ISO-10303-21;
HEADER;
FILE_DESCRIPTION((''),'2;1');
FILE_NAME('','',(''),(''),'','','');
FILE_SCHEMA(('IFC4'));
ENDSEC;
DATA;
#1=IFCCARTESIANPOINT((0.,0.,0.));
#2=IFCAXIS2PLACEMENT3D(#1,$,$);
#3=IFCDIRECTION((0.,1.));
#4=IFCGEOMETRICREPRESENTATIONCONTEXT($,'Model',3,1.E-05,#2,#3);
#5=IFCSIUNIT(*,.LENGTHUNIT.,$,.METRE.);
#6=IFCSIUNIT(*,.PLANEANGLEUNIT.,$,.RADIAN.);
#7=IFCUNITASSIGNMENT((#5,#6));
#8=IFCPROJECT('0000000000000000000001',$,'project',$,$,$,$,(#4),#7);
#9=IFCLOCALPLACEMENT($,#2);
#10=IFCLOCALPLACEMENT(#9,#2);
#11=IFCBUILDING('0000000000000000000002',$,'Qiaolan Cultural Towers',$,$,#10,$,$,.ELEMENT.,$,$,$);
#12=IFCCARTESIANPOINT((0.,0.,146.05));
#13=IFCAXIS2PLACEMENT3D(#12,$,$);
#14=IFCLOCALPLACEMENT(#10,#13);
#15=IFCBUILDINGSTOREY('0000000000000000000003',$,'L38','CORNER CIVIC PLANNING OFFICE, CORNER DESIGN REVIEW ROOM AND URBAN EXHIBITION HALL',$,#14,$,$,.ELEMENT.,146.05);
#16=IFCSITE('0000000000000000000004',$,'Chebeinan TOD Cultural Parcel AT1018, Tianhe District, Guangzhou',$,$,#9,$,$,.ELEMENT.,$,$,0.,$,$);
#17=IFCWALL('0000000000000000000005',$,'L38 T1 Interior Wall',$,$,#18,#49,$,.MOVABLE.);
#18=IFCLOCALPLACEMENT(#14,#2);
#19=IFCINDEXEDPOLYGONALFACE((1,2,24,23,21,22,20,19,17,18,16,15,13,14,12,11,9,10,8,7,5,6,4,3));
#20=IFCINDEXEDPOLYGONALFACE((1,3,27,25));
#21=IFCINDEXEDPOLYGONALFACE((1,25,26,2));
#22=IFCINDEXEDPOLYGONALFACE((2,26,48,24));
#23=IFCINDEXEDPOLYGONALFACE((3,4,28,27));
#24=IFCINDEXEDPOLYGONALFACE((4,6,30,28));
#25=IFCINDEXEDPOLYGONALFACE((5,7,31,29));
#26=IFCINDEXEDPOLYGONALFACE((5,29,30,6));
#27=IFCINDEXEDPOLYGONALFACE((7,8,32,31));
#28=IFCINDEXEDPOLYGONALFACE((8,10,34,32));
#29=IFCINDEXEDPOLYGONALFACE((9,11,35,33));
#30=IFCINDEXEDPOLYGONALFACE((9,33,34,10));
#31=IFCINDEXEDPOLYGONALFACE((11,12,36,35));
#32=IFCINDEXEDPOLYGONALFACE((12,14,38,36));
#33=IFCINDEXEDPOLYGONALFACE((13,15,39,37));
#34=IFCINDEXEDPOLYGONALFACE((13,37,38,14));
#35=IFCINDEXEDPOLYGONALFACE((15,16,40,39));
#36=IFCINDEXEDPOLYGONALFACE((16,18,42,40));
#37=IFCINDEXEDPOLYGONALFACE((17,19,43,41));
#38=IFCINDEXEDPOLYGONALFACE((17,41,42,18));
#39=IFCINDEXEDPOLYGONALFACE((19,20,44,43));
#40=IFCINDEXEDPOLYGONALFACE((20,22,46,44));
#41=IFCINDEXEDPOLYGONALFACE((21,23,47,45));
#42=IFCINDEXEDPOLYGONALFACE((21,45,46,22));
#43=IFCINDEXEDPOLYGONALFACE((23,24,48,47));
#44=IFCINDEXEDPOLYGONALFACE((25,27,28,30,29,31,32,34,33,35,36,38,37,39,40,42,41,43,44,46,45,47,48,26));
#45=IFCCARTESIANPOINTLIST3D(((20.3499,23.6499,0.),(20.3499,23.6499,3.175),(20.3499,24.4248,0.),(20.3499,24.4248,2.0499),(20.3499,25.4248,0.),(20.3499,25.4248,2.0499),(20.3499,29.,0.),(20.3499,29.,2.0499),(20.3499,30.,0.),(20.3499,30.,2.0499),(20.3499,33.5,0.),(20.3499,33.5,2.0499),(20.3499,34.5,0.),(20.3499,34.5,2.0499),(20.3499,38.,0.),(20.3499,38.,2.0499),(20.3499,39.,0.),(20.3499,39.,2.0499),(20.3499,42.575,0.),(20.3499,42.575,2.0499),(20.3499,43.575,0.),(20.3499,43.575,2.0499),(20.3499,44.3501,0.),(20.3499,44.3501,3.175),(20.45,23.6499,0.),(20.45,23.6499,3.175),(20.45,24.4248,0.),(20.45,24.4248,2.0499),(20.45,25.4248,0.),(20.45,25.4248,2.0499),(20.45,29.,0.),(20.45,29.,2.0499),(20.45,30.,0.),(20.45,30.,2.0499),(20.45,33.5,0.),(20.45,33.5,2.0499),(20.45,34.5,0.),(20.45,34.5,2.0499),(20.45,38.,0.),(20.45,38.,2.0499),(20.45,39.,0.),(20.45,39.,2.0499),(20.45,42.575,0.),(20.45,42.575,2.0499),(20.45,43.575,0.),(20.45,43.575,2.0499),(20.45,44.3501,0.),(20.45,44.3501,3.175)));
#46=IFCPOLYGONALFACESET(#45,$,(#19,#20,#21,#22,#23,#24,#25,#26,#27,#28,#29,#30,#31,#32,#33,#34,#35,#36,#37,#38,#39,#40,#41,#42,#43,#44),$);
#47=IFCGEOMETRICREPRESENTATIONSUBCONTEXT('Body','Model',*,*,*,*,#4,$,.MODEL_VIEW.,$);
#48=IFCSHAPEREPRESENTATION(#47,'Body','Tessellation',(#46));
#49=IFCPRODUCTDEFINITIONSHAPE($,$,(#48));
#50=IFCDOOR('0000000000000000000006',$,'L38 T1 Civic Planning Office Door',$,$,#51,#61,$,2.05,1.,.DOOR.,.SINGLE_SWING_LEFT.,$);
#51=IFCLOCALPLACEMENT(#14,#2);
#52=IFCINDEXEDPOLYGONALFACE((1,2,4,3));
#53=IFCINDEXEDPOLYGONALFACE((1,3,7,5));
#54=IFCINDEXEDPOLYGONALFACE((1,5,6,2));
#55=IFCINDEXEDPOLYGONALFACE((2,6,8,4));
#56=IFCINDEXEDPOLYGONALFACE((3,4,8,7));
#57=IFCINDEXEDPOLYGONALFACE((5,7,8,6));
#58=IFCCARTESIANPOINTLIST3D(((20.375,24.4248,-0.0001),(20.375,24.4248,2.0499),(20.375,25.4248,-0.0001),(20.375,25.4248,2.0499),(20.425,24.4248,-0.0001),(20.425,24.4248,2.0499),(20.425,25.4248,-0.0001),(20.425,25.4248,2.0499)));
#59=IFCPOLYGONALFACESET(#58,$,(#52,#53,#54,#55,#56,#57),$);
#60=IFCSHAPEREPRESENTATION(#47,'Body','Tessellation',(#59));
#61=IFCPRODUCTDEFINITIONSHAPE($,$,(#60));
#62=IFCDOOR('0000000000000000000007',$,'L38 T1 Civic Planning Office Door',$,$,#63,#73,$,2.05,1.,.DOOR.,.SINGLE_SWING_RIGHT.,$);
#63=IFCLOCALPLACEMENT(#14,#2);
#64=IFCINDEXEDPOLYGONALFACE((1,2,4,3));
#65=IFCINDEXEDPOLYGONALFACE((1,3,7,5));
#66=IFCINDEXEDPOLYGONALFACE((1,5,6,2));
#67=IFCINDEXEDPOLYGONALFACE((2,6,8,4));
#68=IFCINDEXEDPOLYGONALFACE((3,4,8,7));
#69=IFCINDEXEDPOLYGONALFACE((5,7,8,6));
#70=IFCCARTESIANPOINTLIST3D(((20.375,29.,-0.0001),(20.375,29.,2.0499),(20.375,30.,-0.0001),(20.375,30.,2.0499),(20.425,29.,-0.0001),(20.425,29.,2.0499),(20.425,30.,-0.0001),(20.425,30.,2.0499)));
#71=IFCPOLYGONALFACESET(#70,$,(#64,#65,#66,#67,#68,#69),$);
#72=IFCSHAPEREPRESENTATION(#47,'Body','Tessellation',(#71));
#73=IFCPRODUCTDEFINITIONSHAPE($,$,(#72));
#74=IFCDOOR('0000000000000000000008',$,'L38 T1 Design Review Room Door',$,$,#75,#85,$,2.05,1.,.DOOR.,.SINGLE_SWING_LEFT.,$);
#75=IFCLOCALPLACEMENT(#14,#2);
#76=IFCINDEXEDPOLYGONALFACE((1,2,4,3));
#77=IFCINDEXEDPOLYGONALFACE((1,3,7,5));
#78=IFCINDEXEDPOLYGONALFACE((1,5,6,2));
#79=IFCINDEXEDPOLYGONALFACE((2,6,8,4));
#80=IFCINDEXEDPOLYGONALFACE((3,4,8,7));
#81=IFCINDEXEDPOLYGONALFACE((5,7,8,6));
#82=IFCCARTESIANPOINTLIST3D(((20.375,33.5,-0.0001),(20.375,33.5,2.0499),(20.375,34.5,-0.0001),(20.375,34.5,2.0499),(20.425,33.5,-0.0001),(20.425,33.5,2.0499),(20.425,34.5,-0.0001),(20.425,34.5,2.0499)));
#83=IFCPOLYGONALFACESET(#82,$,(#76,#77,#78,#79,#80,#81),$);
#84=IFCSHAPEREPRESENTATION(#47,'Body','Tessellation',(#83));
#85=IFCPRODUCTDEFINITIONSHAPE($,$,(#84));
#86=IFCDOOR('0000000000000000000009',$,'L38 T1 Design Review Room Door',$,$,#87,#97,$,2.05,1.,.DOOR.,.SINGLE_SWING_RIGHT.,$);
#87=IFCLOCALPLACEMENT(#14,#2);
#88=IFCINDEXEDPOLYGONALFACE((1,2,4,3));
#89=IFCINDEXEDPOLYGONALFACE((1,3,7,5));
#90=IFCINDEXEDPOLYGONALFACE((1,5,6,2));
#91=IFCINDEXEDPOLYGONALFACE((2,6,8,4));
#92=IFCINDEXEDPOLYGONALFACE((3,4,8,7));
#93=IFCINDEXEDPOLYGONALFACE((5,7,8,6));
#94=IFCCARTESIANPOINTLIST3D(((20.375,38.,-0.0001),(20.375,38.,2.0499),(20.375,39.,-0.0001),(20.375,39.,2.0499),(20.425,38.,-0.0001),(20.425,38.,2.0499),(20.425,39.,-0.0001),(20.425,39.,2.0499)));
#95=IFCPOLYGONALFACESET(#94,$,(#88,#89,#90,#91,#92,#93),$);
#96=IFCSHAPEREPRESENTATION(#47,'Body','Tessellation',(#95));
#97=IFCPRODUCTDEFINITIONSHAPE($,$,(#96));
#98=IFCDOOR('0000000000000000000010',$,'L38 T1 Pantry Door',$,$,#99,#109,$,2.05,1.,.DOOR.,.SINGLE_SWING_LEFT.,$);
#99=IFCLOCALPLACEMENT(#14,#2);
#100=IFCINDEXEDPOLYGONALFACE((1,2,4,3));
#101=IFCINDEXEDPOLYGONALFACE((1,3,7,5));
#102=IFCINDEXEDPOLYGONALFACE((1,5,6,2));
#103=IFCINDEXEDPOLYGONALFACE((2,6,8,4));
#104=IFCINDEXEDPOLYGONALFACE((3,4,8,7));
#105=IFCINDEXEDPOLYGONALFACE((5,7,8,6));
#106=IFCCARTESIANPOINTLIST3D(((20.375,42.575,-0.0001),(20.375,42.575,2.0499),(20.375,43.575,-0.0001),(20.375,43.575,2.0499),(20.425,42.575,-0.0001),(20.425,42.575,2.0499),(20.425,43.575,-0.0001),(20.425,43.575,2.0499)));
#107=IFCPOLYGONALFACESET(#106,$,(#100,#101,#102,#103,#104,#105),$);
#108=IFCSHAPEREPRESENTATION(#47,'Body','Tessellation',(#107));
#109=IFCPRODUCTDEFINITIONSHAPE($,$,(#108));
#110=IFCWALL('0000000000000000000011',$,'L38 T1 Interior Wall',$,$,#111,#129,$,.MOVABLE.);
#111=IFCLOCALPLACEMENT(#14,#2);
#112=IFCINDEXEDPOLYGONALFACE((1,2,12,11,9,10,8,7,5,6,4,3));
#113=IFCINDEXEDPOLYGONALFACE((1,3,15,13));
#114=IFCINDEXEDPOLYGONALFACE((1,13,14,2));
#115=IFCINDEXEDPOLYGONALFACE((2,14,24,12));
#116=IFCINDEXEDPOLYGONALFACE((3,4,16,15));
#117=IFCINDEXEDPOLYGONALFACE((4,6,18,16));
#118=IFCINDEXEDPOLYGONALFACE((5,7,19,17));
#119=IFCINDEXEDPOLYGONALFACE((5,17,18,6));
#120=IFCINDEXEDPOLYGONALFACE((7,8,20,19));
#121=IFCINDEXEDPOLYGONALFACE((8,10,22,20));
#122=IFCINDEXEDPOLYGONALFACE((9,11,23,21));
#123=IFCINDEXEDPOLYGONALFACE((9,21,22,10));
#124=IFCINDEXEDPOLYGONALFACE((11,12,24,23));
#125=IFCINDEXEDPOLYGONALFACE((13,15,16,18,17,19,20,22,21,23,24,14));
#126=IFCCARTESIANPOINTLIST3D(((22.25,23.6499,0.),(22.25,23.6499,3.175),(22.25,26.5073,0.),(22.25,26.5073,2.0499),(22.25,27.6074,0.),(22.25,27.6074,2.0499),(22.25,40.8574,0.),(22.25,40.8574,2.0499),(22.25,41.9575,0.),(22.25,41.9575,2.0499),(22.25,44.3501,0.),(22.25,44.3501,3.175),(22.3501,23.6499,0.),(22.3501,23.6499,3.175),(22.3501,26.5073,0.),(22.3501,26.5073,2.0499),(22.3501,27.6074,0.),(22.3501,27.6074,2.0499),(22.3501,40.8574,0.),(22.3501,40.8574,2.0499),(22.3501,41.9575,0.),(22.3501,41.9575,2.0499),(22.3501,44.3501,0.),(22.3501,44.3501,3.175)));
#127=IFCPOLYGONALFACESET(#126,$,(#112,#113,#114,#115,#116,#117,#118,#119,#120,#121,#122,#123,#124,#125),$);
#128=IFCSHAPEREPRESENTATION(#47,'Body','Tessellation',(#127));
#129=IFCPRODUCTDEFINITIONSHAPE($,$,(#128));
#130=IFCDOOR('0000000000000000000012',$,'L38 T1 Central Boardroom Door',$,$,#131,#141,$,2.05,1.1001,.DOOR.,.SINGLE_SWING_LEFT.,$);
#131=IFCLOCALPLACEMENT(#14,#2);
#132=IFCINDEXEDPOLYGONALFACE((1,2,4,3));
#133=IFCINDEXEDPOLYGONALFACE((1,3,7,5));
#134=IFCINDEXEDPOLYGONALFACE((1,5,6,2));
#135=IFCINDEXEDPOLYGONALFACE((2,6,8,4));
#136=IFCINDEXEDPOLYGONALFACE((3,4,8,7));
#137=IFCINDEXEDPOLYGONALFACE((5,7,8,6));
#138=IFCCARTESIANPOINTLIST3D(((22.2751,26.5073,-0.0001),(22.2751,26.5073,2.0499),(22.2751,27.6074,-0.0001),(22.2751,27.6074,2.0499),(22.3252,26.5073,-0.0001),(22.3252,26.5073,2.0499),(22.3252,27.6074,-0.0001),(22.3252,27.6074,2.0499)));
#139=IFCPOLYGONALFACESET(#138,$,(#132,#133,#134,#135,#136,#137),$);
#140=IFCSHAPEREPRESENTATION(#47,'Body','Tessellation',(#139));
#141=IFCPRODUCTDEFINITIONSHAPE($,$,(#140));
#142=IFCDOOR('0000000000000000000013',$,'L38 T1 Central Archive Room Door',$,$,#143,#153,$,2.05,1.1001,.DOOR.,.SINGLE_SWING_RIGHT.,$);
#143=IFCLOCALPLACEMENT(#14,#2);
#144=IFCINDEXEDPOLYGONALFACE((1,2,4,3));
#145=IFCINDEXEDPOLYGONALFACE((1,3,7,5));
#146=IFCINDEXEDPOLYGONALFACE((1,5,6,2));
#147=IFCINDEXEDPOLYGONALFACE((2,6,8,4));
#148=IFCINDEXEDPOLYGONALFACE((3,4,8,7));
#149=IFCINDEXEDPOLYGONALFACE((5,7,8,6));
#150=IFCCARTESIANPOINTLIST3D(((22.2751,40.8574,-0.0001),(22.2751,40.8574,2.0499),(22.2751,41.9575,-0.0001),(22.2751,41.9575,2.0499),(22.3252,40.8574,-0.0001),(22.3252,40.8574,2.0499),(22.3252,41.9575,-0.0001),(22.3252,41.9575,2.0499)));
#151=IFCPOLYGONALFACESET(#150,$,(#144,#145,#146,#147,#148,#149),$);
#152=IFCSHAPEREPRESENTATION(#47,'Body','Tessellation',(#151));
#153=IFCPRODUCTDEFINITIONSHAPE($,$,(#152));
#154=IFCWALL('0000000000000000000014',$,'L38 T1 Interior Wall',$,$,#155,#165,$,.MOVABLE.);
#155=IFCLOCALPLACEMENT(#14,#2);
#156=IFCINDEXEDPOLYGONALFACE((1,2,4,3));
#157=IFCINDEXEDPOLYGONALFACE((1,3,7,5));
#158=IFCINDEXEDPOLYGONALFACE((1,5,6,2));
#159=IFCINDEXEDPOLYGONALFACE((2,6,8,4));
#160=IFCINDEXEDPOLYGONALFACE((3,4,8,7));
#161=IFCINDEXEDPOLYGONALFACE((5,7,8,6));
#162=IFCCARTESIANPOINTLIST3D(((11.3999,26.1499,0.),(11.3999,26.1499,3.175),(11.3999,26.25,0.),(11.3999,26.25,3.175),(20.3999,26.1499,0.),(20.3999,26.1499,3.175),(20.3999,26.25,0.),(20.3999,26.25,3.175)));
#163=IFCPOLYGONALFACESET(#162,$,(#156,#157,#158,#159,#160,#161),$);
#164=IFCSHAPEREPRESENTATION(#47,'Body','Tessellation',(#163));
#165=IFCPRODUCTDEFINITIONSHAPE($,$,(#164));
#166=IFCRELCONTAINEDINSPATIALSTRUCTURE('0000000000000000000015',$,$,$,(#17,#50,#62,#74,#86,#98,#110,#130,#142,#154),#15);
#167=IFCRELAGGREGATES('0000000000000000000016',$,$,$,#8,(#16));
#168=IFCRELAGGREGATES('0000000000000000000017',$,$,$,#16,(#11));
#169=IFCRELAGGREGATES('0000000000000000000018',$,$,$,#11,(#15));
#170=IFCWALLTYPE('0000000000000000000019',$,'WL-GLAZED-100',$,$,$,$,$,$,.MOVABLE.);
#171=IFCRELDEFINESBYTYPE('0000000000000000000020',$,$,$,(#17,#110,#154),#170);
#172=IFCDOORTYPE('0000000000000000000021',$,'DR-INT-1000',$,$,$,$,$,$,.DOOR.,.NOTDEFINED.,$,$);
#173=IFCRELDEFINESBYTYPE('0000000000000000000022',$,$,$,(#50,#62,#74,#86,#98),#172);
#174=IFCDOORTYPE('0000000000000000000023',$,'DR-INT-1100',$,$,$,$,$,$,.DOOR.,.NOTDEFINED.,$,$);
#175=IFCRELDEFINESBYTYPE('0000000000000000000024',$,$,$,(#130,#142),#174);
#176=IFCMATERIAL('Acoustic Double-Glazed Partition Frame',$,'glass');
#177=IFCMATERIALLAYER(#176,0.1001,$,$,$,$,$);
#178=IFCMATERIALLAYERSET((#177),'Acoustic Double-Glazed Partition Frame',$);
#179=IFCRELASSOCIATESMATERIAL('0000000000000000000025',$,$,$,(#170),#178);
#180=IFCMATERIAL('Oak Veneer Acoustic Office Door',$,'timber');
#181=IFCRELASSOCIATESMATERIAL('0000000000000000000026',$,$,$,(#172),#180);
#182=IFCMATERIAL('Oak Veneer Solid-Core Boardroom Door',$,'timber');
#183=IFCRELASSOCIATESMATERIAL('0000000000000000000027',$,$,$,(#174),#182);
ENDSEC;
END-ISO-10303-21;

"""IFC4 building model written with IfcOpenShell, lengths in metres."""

from ifc_helpers import new_model, si_unit, direction, frame, frame_2d, origin, place, context, subcontext, project, spatial, rectangle, extrude, material, layer, layer_set, type_object, element, fill, save


model = new_model("IFC4")

# Units and contexts
model_context = context("Model", 3, precision=1e-05, world=origin(), true_north=direction((0.0, 1.0)))
body_context = subcontext(model_context, "Body", "Model", "MODEL_VIEW")
ifc_project = project(units=[si_unit("LENGTHUNIT", "METRE"), si_unit("PLANEANGLEUNIT", "RADIAN")], contexts=[model_context])

# Site, building, storey
site_placement = place(None, origin())
site = spatial("IfcSite", under=ifc_project, at=site_placement, Name="Chebeinan TOD Cultural Parcel AT1018, Tianhe District, Guangzhou", CompositionType="ELEMENT", RefElevation=0.0)
building_placement = place(site_placement, origin())
building = spatial("IfcBuilding", under=site, at=building_placement, Name="Qiaolan Cultural Towers", CompositionType="ELEMENT")
storey_placement = place(building_placement, frame((0.0, 0.0, 146.05)))
storey = spatial("IfcBuildingStorey", under=building, at=storey_placement, Name="L38", Description="CORNER CIVIC PLANNING OFFICE, CORNER DESIGN REVIEW ROOM AND URBAN EXHIBITION HALL", CompositionType="ELEMENT", Elevation=146.05)

# Shared definitions
ifc_material_1 = material(Name="Acoustic Double-Glazed Partition Frame", Category="glass")
ifc_layer_1 = layer(ifc_material_1, 0.1001)
ifc_layer_set_1 = layer_set([ifc_layer_1], Name="Acoustic Double-Glazed Partition Frame")
wall_type_1 = type_object("IfcWallType", Name="WL-GLAZED-100", PredefinedType="MOVABLE", material=ifc_layer_set_1)

# Walls, openings, doors
wall_1_placement = place(storey_placement, frame((20.3999, 23.6499, 0.0), z_axis=(0.0, 0.0, 1.0), x_axis=(0.0, 1.0, 0.0)))
wall_1 = element("IfcWall", 1, at=wall_1_placement, inside=storey, type_object=wall_type_1, Name="L38 T1 Interior Wall", PredefinedType="MOVABLE", context=body_context, shape_type="SweptSolid", body=[
    extrude(rectangle(XDim=20.7002, YDim=0.1001, at=frame_2d((10.3501, 0.0))), origin(), (0.0, 0.0, 1.0), 3.175),
])
opening_1_placement = place(wall_1_placement, frame((0.7749, 0.0, 0.0)))
opening_1 = element("IfcOpeningElement", 2, at=opening_1_placement, cuts=wall_1, PredefinedType="OPENING", context=body_context, shape_type="SweptSolid", body=[
    extrude(rectangle(XDim=1.0, YDim=2.05, at=frame_2d((0.5, 1.0249))), frame((0.0, 0.0601, 0.0), z_axis=(0.0, -1.0, 0.0), x_axis=(1.0, 0.0, 0.0)), (0.0, 0.0, 1.0), 0.1201),
])
opening_2_placement = place(wall_1_placement, frame((5.3501, 0.0, 0.0)))
opening_2 = element("IfcOpeningElement", 3, at=opening_2_placement, cuts=wall_1, PredefinedType="OPENING", context=body_context, shape_type="SweptSolid", body=[
    extrude(rectangle(XDim=1.0, YDim=2.05, at=frame_2d((0.5, 1.0249))), frame((0.0, 0.0601, 0.0), z_axis=(0.0, -1.0, 0.0), x_axis=(1.0, 0.0, 0.0)), (0.0, 0.0, 1.0), 0.1201),
])
opening_3_placement = place(wall_1_placement, frame((9.8501, 0.0, 0.0)))
opening_3 = element("IfcOpeningElement", 4, at=opening_3_placement, cuts=wall_1, PredefinedType="OPENING", context=body_context, shape_type="SweptSolid", body=[
    extrude(rectangle(XDim=1.0, YDim=2.05, at=frame_2d((0.5, 1.0249))), frame((0.0, 0.0601, 0.0), z_axis=(0.0, -1.0, 0.0), x_axis=(1.0, 0.0, 0.0)), (0.0, 0.0, 1.0), 0.1201),
])
opening_4_placement = place(wall_1_placement, frame((14.3501, 0.0, 0.0)))
opening_4 = element("IfcOpeningElement", 5, at=opening_4_placement, cuts=wall_1, PredefinedType="OPENING", context=body_context, shape_type="SweptSolid", body=[
    extrude(rectangle(XDim=1.0, YDim=2.05, at=frame_2d((0.5, 1.0249))), frame((0.0, 0.0601, 0.0), z_axis=(0.0, -1.0, 0.0), x_axis=(1.0, 0.0, 0.0)), (0.0, 0.0, 1.0), 0.1201),
])
opening_5_placement = place(wall_1_placement, frame((18.925, 0.0, 0.0)))
opening_5 = element("IfcOpeningElement", 6, at=opening_5_placement, cuts=wall_1, PredefinedType="OPENING", context=body_context, shape_type="SweptSolid", body=[
    extrude(rectangle(XDim=1.0, YDim=2.05, at=frame_2d((0.5, 1.0249))), frame((0.0, 0.0601, 0.0), z_axis=(0.0, -1.0, 0.0), x_axis=(1.0, 0.0, 0.0)), (0.0, 0.0, 1.0), 0.1201),
])
ifc_material_2 = material(Name="Oak Veneer Acoustic Office Door", Category="timber")
door_type_1 = type_object("IfcDoorType", Name="DR-INT-1000", OperationType="NOTDEFINED", PredefinedType="DOOR", material=ifc_material_2)
door_1_placement = place(opening_1_placement, origin())
door_1 = element("IfcDoor", 7, at=door_1_placement, inside=storey, type_object=door_type_1, Name="L38 T1 Civic Planning Office Door", OperationType="SINGLE_SWING_LEFT", OverallHeight=2.05, OverallWidth=1.0, PredefinedType="DOOR", context=body_context, shape_type="SweptSolid", body=[
    extrude(rectangle(XDim=1.0, YDim=2.05, at=frame_2d((0.5, 1.0249))), frame((0.0, 0.0249, 0.0), z_axis=(0.0, -1.0, 0.0), x_axis=(1.0, 0.0, 0.0)), (0.0, 0.0, 1.0), 0.05),
])
fill(opening_1, door_1)
door_2_placement = place(opening_2_placement, origin())
door_2 = element("IfcDoor", 8, at=door_2_placement, inside=storey, type_object=door_type_1, Name="L38 T1 Civic Planning Office Door", OperationType="SINGLE_SWING_RIGHT", OverallHeight=2.05, OverallWidth=1.0, PredefinedType="DOOR", context=body_context, shape_type="SweptSolid", body=[
    extrude(rectangle(XDim=1.0, YDim=2.05, at=frame_2d((0.5, 1.0249))), frame((0.0, 0.0249, 0.0), z_axis=(0.0, -1.0, 0.0), x_axis=(1.0, 0.0, 0.0)), (0.0, 0.0, 1.0), 0.05),
])
fill(opening_2, door_2)
door_3_placement = place(opening_3_placement, origin())
door_3 = element("IfcDoor", 9, at=door_3_placement, inside=storey, type_object=door_type_1, Name="L38 T1 Design Review Room Door", OperationType="SINGLE_SWING_LEFT", OverallHeight=2.05, OverallWidth=1.0, PredefinedType="DOOR", context=body_context, shape_type="SweptSolid", body=[
    extrude(rectangle(XDim=1.0, YDim=2.05, at=frame_2d((0.5, 1.0249))), frame((0.0, 0.0249, 0.0), z_axis=(0.0, -1.0, 0.0), x_axis=(1.0, 0.0, 0.0)), (0.0, 0.0, 1.0), 0.05),
])
fill(opening_3, door_3)
door_4_placement = place(opening_4_placement, origin())
door_4 = element("IfcDoor", 10, at=door_4_placement, inside=storey, type_object=door_type_1, Name="L38 T1 Design Review Room Door", OperationType="SINGLE_SWING_RIGHT", OverallHeight=2.05, OverallWidth=1.0, PredefinedType="DOOR", context=body_context, shape_type="SweptSolid", body=[
    extrude(rectangle(XDim=1.0, YDim=2.05, at=frame_2d((0.5, 1.0249))), frame((0.0, 0.0249, 0.0), z_axis=(0.0, -1.0, 0.0), x_axis=(1.0, 0.0, 0.0)), (0.0, 0.0, 1.0), 0.05),
])
fill(opening_4, door_4)
door_5_placement = place(opening_5_placement, origin())
door_5 = element("IfcDoor", 11, at=door_5_placement, inside=storey, type_object=door_type_1, Name="L38 T1 Pantry Door", OperationType="SINGLE_SWING_LEFT", OverallHeight=2.05, OverallWidth=1.0, PredefinedType="DOOR", context=body_context, shape_type="SweptSolid", body=[
    extrude(rectangle(XDim=1.0, YDim=2.05, at=frame_2d((0.5, 1.0249))), frame((0.0, 0.0249, 0.0), z_axis=(0.0, -1.0, 0.0), x_axis=(1.0, 0.0, 0.0)), (0.0, 0.0, 1.0), 0.05),
])
fill(opening_5, door_5)
wall_2_placement = place(storey_placement, frame((22.3, 23.6499, 0.0), z_axis=(0.0, 0.0, 1.0), x_axis=(0.0, 1.0, 0.0)))
wall_2 = element("IfcWall", 12, at=wall_2_placement, inside=storey, type_object=wall_type_1, Name="L38 T1 Interior Wall", PredefinedType="MOVABLE", context=body_context, shape_type="SweptSolid", body=[
    extrude(rectangle(XDim=20.7002, YDim=0.1001, at=frame_2d((10.3501, 0.0))), origin(), (0.0, 0.0, 1.0), 3.175),
])
opening_6_placement = place(wall_2_placement, frame((2.8574, 0.0, 0.0)))
opening_6 = element("IfcOpeningElement", 13, at=opening_6_placement, cuts=wall_2, PredefinedType="OPENING", context=body_context, shape_type="SweptSolid", body=[
    extrude(rectangle(XDim=1.1001, YDim=2.05, at=frame_2d((0.55, 1.0249))), frame((0.0, 0.0601, 0.0), z_axis=(0.0, -1.0, 0.0), x_axis=(1.0, 0.0, 0.0)), (0.0, 0.0, 1.0), 0.1201),
])
opening_7_placement = place(wall_2_placement, frame((17.2075, 0.0, 0.0)))
opening_7 = element("IfcOpeningElement", 14, at=opening_7_placement, cuts=wall_2, PredefinedType="OPENING", context=body_context, shape_type="SweptSolid", body=[
    extrude(rectangle(XDim=1.1001, YDim=2.05, at=frame_2d((0.55, 1.0249))), frame((0.0, 0.0601, 0.0), z_axis=(0.0, -1.0, 0.0), x_axis=(1.0, 0.0, 0.0)), (0.0, 0.0, 1.0), 0.1201),
])
ifc_material_3 = material(Name="Oak Veneer Solid-Core Boardroom Door", Category="timber")
door_type_2 = type_object("IfcDoorType", Name="DR-INT-1100", OperationType="NOTDEFINED", PredefinedType="DOOR", material=ifc_material_3)
door_6_placement = place(opening_6_placement, origin())
door_6 = element("IfcDoor", 15, at=door_6_placement, inside=storey, type_object=door_type_2, Name="L38 T1 Central Boardroom Door", OperationType="SINGLE_SWING_LEFT", OverallHeight=2.05, OverallWidth=1.1001, PredefinedType="DOOR", context=body_context, shape_type="SweptSolid", body=[
    extrude(rectangle(XDim=1.1001, YDim=2.05, at=frame_2d((0.55, 1.0249))), frame((0.0, 0.0249, 0.0), z_axis=(0.0, -1.0, 0.0), x_axis=(1.0, 0.0, 0.0)), (0.0, 0.0, 1.0), 0.05),
])
fill(opening_6, door_6)
door_7_placement = place(opening_7_placement, origin())
door_7 = element("IfcDoor", 16, at=door_7_placement, inside=storey, type_object=door_type_2, Name="L38 T1 Central Archive Room Door", OperationType="SINGLE_SWING_RIGHT", OverallHeight=2.05, OverallWidth=1.1001, PredefinedType="DOOR", context=body_context, shape_type="SweptSolid", body=[
    extrude(rectangle(XDim=1.1001, YDim=2.05, at=frame_2d((0.55, 1.0249))), frame((0.0, 0.0249, 0.0), z_axis=(0.0, -1.0, 0.0), x_axis=(1.0, 0.0, 0.0)), (0.0, 0.0, 1.0), 0.05),
])
fill(opening_7, door_7)

# Wall
wall_3_placement = place(storey_placement, frame((11.3999, 26.2, 0.0), z_axis=(0.0, 0.0, 1.0), x_axis=(1.0, 0.0, 0.0)))
element("IfcWall", 17, at=wall_3_placement, inside=storey, type_object=wall_type_1, Name="L38 T1 Interior Wall", PredefinedType="MOVABLE", context=body_context, shape_type="SweptSolid", body=[
    extrude(rectangle(XDim=9.0, YDim=0.1001, at=frame_2d((4.5, 0.0))), origin(), (0.0, 0.0, 1.0), 3.175),
])

save(model, "model.ifc")
